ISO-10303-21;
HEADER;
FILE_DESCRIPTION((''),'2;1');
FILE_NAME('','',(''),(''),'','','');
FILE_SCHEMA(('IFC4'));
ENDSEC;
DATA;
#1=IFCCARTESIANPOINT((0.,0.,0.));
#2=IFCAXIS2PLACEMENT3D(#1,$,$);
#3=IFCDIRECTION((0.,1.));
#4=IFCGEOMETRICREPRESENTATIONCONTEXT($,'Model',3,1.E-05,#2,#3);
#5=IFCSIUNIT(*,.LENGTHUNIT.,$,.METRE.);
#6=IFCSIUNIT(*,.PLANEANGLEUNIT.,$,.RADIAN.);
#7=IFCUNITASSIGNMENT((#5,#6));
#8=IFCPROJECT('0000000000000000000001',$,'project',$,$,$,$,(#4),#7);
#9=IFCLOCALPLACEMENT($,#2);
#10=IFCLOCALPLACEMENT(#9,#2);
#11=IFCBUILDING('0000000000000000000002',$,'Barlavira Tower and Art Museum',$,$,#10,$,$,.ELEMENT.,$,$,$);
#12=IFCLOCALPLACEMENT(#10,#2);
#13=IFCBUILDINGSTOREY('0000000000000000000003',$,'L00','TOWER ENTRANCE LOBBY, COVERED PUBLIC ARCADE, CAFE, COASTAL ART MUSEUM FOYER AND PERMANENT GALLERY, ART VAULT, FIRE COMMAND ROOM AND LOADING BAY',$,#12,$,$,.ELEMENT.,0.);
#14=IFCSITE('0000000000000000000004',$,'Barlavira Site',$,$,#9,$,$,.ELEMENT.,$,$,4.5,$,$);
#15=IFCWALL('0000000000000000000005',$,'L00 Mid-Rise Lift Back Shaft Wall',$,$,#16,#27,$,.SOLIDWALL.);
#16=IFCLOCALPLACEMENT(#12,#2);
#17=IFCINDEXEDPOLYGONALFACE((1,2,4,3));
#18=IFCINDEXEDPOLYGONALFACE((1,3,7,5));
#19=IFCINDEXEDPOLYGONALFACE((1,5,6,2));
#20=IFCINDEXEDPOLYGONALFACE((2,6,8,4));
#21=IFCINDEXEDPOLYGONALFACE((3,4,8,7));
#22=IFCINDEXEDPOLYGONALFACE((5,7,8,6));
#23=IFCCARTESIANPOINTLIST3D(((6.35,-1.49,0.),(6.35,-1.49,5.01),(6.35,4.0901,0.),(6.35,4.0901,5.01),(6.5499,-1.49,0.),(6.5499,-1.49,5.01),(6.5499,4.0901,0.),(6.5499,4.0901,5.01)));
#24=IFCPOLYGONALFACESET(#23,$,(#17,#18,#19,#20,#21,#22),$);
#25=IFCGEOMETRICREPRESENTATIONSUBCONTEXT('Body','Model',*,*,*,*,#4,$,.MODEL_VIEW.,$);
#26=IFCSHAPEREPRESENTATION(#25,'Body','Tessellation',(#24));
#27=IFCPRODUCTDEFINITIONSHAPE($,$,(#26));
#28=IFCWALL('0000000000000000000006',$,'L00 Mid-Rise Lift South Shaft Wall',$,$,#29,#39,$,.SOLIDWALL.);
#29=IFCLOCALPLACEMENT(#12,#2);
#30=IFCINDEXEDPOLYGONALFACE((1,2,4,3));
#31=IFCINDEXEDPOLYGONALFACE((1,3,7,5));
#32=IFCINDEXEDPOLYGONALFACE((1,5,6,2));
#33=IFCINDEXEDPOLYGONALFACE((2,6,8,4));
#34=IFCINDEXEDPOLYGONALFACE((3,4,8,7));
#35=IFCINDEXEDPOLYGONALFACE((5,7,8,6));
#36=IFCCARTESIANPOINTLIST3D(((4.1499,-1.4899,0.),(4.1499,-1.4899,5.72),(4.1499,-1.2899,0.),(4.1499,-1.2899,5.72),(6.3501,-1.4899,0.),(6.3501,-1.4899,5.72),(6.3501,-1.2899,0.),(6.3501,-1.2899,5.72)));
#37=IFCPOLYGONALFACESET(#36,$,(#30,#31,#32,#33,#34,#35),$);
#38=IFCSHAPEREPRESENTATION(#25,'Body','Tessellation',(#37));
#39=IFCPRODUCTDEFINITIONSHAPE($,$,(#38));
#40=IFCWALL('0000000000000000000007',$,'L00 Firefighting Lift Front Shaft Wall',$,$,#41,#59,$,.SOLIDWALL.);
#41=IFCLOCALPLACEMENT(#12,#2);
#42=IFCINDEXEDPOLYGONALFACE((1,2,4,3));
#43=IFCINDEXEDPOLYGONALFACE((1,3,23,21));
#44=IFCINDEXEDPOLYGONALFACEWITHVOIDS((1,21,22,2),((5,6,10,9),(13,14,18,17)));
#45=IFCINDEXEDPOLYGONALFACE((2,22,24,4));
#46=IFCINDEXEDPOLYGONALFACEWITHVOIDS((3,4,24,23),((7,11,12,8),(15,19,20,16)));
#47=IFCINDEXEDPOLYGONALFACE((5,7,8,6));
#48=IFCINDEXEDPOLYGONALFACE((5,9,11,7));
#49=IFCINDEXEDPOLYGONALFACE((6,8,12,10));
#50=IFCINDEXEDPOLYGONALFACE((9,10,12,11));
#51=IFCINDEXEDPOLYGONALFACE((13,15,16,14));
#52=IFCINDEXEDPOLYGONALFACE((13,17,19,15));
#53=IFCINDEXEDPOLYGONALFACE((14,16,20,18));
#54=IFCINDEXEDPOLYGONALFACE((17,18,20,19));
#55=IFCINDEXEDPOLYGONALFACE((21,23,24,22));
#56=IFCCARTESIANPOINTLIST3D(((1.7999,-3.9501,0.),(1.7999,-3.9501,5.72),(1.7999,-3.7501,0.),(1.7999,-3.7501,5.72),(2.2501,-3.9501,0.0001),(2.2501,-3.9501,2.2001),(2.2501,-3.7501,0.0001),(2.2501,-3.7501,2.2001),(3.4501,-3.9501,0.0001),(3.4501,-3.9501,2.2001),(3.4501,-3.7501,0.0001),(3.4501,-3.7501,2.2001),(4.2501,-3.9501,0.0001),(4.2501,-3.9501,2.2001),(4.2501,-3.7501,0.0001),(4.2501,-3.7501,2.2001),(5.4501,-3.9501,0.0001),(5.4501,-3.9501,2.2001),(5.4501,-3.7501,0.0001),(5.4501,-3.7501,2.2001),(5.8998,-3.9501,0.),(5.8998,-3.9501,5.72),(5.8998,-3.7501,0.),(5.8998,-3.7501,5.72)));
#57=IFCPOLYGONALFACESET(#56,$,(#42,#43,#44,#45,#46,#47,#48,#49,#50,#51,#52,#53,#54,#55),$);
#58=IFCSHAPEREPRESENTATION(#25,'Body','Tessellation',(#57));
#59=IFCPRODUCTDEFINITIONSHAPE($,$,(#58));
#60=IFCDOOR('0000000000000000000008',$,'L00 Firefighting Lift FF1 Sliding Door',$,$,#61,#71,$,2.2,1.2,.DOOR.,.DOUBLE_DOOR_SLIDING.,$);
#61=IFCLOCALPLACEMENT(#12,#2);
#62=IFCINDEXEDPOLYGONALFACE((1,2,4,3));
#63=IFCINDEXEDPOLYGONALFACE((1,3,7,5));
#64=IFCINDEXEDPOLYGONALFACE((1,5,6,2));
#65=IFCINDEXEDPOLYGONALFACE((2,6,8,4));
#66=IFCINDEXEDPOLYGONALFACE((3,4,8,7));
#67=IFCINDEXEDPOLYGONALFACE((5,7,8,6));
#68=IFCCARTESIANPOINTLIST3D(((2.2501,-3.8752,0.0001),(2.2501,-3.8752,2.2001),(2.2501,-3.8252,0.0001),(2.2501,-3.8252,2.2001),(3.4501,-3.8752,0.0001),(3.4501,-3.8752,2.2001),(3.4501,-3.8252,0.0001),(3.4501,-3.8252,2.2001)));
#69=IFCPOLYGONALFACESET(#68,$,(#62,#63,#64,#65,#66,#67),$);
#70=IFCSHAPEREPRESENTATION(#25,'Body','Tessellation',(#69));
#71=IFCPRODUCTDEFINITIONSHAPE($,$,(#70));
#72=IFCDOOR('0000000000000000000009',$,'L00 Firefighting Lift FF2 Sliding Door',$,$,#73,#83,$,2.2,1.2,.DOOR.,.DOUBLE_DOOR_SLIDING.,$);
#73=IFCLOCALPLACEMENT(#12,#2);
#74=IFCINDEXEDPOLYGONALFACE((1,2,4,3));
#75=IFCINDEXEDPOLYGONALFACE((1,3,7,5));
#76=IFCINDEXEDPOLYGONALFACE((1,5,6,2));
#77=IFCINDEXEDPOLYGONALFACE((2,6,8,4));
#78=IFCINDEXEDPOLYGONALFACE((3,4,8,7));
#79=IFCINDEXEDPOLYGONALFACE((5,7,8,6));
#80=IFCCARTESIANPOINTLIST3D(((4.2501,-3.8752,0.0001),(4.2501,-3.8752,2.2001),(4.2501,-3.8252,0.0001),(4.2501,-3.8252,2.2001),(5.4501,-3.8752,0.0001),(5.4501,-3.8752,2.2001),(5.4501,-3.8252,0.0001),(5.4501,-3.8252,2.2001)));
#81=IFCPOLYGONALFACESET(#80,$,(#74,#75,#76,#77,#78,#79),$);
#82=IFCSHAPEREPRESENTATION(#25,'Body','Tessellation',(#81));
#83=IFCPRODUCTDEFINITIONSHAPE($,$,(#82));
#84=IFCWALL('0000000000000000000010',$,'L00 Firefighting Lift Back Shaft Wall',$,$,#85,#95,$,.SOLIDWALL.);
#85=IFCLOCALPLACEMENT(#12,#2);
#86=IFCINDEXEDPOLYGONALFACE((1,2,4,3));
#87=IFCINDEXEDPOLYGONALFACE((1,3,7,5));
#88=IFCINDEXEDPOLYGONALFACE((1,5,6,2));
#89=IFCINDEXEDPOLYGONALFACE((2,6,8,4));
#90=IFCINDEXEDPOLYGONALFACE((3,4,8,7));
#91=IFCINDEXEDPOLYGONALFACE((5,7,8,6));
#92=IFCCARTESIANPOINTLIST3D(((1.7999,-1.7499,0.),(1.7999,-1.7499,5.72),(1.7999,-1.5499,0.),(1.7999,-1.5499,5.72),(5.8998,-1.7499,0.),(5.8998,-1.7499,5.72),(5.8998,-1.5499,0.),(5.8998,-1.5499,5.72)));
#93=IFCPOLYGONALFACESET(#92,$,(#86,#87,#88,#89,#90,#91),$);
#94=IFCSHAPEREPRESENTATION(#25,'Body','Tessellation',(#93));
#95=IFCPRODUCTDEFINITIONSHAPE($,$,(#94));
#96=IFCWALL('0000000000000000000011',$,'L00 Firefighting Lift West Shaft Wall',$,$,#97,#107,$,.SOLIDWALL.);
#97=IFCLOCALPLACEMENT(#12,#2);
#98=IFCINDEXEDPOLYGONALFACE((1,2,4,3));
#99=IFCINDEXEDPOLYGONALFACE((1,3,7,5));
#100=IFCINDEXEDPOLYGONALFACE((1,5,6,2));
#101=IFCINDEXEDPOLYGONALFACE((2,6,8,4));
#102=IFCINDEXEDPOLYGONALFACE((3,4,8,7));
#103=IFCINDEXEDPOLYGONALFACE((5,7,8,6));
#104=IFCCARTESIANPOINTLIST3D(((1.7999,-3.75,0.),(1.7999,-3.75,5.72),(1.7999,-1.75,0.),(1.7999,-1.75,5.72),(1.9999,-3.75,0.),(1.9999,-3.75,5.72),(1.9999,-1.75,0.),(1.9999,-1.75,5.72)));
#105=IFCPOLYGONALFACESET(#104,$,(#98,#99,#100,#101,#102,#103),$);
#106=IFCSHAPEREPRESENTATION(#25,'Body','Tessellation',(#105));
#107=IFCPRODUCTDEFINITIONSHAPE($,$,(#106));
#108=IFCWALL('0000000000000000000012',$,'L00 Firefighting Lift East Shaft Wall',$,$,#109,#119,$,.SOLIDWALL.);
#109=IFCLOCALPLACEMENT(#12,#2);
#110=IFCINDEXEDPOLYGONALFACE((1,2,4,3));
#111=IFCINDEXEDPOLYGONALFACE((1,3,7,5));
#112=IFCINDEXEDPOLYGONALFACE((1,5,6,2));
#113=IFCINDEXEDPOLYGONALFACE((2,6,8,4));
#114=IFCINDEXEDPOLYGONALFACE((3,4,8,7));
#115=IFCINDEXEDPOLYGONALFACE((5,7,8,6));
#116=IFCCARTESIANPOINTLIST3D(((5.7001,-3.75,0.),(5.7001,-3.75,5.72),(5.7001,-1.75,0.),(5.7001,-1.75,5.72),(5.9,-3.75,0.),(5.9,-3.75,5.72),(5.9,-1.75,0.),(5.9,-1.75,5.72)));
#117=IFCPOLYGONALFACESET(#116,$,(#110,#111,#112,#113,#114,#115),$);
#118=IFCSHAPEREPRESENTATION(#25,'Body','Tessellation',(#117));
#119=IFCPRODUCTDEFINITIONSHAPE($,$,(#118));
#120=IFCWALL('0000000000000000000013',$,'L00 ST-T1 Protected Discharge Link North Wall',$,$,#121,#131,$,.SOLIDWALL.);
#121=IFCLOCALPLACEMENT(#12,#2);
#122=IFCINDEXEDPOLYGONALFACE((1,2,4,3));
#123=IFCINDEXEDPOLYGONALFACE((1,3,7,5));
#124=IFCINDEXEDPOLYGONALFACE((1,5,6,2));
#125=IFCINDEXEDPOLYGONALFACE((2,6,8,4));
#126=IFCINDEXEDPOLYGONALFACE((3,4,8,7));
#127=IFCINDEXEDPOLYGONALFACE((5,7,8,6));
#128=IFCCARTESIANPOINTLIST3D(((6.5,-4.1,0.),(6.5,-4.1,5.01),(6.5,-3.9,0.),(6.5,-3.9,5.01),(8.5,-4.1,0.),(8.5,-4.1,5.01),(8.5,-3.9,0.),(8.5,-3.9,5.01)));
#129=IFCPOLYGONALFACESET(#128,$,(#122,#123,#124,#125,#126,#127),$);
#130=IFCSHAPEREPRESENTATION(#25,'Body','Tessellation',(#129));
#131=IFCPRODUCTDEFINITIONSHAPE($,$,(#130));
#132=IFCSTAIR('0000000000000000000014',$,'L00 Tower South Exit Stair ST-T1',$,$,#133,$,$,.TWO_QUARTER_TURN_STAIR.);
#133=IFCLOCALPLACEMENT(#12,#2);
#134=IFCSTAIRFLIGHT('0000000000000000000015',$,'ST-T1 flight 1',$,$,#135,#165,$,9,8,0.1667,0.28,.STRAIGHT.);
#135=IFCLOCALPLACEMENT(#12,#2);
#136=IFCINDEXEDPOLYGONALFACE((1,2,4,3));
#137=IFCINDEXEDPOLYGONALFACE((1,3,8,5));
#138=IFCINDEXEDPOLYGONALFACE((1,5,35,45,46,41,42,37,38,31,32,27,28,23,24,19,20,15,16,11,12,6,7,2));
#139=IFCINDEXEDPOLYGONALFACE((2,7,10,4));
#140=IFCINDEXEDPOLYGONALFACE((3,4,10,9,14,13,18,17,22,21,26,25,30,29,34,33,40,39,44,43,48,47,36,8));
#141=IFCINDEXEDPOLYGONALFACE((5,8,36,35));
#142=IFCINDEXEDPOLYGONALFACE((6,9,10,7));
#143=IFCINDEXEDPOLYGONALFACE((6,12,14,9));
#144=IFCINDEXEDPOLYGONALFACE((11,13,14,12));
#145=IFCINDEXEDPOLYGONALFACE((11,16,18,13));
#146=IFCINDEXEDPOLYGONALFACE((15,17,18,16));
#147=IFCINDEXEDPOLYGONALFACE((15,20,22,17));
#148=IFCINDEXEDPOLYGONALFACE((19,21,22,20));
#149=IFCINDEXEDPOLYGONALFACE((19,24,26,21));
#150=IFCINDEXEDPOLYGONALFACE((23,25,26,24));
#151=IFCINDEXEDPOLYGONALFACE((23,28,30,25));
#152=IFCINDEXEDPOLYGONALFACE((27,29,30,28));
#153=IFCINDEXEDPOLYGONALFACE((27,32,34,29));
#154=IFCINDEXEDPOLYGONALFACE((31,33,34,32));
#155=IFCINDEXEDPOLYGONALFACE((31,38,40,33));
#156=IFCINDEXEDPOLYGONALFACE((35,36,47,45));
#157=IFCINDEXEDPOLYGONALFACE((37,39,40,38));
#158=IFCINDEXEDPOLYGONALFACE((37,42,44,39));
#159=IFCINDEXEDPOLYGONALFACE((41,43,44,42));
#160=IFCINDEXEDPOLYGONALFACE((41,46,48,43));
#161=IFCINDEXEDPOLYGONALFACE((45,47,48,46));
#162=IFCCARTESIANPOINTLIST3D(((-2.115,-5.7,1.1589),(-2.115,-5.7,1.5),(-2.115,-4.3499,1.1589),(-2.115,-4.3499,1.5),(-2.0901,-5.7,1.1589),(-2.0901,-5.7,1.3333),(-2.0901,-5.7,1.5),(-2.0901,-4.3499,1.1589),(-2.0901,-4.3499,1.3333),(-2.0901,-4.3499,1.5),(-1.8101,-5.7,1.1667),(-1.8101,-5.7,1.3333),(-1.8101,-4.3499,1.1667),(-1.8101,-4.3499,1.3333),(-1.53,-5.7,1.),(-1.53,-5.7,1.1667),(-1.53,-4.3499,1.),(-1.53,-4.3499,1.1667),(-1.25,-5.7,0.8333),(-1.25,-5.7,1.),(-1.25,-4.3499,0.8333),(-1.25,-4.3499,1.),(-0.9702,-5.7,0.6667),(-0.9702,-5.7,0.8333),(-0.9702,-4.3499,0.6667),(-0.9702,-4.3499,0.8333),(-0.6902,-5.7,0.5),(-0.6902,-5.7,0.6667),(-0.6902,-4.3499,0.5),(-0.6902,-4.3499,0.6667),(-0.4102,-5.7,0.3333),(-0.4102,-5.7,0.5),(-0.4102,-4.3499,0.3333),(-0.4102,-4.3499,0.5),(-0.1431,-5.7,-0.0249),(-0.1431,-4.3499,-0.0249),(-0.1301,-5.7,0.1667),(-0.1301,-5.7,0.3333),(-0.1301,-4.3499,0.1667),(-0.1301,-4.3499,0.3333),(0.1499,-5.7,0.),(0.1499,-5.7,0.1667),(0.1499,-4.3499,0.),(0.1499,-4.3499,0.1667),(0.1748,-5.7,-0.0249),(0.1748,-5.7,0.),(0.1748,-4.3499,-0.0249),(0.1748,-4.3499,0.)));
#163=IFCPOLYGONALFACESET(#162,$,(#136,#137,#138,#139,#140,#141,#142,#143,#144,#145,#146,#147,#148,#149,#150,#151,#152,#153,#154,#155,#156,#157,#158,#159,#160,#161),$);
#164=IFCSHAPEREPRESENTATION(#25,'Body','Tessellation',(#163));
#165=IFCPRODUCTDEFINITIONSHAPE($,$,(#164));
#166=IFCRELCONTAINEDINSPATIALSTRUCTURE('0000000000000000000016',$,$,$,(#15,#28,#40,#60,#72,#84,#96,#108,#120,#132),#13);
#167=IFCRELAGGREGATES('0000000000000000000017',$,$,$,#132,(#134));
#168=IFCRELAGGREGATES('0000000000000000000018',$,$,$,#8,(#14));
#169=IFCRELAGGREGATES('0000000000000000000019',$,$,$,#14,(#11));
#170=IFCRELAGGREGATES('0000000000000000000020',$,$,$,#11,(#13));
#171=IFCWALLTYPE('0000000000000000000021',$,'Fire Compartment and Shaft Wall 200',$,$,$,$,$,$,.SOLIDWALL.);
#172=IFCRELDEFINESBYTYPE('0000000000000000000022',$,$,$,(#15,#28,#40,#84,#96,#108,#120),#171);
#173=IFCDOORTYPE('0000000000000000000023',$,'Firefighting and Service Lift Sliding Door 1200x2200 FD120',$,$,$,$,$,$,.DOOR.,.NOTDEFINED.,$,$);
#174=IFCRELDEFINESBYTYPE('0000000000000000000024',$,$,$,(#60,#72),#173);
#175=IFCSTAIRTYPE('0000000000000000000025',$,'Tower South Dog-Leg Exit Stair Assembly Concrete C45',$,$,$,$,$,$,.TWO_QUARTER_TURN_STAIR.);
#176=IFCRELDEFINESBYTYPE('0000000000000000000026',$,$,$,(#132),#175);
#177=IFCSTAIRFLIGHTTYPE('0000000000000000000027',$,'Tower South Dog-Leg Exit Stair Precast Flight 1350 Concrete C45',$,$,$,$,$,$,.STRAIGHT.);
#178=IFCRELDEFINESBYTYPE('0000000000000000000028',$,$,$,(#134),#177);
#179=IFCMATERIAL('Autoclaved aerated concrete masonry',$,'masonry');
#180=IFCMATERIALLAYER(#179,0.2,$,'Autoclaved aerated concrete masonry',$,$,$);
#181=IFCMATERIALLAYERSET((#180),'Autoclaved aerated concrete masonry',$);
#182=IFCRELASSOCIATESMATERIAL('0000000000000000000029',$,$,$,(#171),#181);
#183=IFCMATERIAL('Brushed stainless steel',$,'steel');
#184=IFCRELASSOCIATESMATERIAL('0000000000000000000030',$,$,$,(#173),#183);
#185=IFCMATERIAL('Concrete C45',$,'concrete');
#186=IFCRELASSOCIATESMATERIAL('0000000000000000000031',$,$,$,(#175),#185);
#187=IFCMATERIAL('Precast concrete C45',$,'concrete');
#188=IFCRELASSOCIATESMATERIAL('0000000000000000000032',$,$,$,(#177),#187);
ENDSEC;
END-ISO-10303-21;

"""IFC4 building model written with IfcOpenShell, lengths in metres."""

from ifc_helpers import new_model, si_unit, direction, frame, frame_2d, origin, place, context, subcontext, project, spatial, polyline, rectangle, outline, extrude, material, layer, layer_set, type_object, element, fill, aggregate, save


model = new_model("IFC4")

# Units and contexts
model_context = context("Model", 3, precision=1e-05, world=origin(), true_north=direction((0.0, 1.0)))
body_context = subcontext(model_context, "Body", "Model", "MODEL_VIEW")
ifc_project = project(units=[si_unit("LENGTHUNIT", "METRE"), si_unit("PLANEANGLEUNIT", "RADIAN")], contexts=[model_context])

# Site, building, storey
site_placement = place(None, origin())
site = spatial("IfcSite", under=ifc_project, at=site_placement, Name="Barlavira Site", CompositionType="ELEMENT", RefElevation=4.5)
building_placement = place(site_placement, origin())
building = spatial("IfcBuilding", under=site, at=building_placement, Name="Barlavira Tower and Art Museum", CompositionType="ELEMENT")
storey_placement = place(building_placement, origin())
storey = spatial("IfcBuildingStorey", under=building, at=storey_placement, Name="L00", Description="TOWER ENTRANCE LOBBY, COVERED PUBLIC ARCADE, CAFE, COASTAL ART MUSEUM FOYER AND PERMANENT GALLERY, ART VAULT, FIRE COMMAND ROOM AND LOADING BAY", CompositionType="ELEMENT", Elevation=0.0)

# Shared definitions
ifc_material_1 = material(Name="Brushed stainless steel", Category="steel")

# Shared definitions
ifc_material_2 = material(Name="Autoclaved aerated concrete masonry", Category="masonry")
ifc_layer_1 = layer(ifc_material_2, 0.2, Name="Autoclaved aerated concrete masonry")
ifc_layer_set_1 = layer_set([ifc_layer_1], Name="Autoclaved aerated concrete masonry")
wall_type_1 = type_object("IfcWallType", Name="Fire Compartment and Shaft Wall 200", PredefinedType="SOLIDWALL", material=ifc_layer_set_1)

# Walls
wall_1_placement = place(storey_placement, frame((6.45, -1.49, 0.0), z_axis=(0.0, 0.0, 1.0), x_axis=(0.0, 1.0, 0.0)))
element("IfcWall", 1, at=wall_1_placement, inside=storey, type_object=wall_type_1, Name="L00 Mid-Rise Lift Back Shaft Wall", PredefinedType="SOLIDWALL", context=body_context, shape_type="SweptSolid", body=[
    extrude(rectangle(XDim=5.5801, YDim=0.2, at=frame_2d((2.79, 0.0))), origin(), (0.0, 0.0, 1.0), 5.01),
])
wall_2_placement = place(storey_placement, frame((4.1499, -1.3899, 0.0), z_axis=(0.0, 0.0, 1.0), x_axis=(1.0, 0.0, 0.0)))
element("IfcWall", 2, at=wall_2_placement, inside=storey, type_object=wall_type_1, Name="L00 Mid-Rise Lift South Shaft Wall", PredefinedType="SOLIDWALL", context=body_context, shape_type="SweptSolid", body=[
    extrude(rectangle(XDim=2.2002, YDim=0.2, at=frame_2d((1.1001, 0.0))), origin(), (0.0, 0.0, 1.0), 5.72),
])

# Wall, openings, doors
wall_3_placement = place(storey_placement, frame((1.8, -3.8501, 0.0), z_axis=(0.0, 0.0, 1.0), x_axis=(1.0, 0.0, 0.0)))
wall_3 = element("IfcWall", 3, at=wall_3_placement, inside=storey, type_object=wall_type_1, Name="L00 Firefighting Lift Front Shaft Wall", PredefinedType="SOLIDWALL", context=body_context, shape_type="SweptSolid", body=[
    extrude(rectangle(XDim=4.0999, YDim=0.2, at=frame_2d((2.0498, 0.0))), origin(), (0.0, 0.0, 1.0), 5.72),
])
opening_1_placement = place(wall_3_placement, frame((0.45, 0.0, 0.0)))
opening_1 = element("IfcOpeningElement", 4, at=opening_1_placement, cuts=wall_3, PredefinedType="OPENING", context=body_context, shape_type="SweptSolid", body=[
    extrude(rectangle(XDim=1.2, YDim=2.2, at=frame_2d((0.6001, 1.1001))), frame((0.0, 0.1099, 0.0), z_axis=(0.0, -1.0, 0.0), x_axis=(1.0, 0.0, 0.0)), (0.0, 0.0, 1.0), 0.22),
])
opening_2_placement = place(wall_3_placement, frame((2.45, 0.0, 0.0)))
opening_2 = element("IfcOpeningElement", 5, at=opening_2_placement, cuts=wall_3, PredefinedType="OPENING", context=body_context, shape_type="SweptSolid", body=[
    extrude(rectangle(XDim=1.2, YDim=2.2, at=frame_2d((0.6001, 1.1001))), frame((0.0, 0.1099, 0.0), z_axis=(0.0, -1.0, 0.0), x_axis=(1.0, 0.0, 0.0)), (0.0, 0.0, 1.0), 0.22),
])
door_type_1 = type_object("IfcDoorType", Name="Firefighting and Service Lift Sliding Door 1200x2200 FD120", OperationType="NOTDEFINED", PredefinedType="DOOR", material=ifc_material_1)
door_1_placement = place(opening_1_placement, origin())
door_1 = element("IfcDoor", 6, at=door_1_placement, inside=storey, type_object=door_type_1, Name="L00 Firefighting Lift FF1 Sliding Door", OperationType="DOUBLE_DOOR_SLIDING", OverallHeight=2.2, OverallWidth=1.2, PredefinedType="DOOR", context=body_context, shape_type="SweptSolid", body=[
    extrude(rectangle(XDim=1.2, YDim=2.2, at=frame_2d((0.6001, 1.1001))), frame((0.0, 0.0249, 0.0), z_axis=(0.0, -1.0, 0.0), x_axis=(1.0, 0.0, 0.0)), (0.0, 0.0, 1.0), 0.05),
])
fill(opening_1, door_1)
door_2_placement = place(opening_2_placement, origin())
door_2 = element("IfcDoor", 7, at=door_2_placement, inside=storey, type_object=door_type_1, Name="L00 Firefighting Lift FF2 Sliding Door", OperationType="DOUBLE_DOOR_SLIDING", OverallHeight=2.2, OverallWidth=1.2, PredefinedType="DOOR", context=body_context, shape_type="SweptSolid", body=[
    extrude(rectangle(XDim=1.2, YDim=2.2, at=frame_2d((0.6001, 1.1001))), frame((0.0, 0.0249, 0.0), z_axis=(0.0, -1.0, 0.0), x_axis=(1.0, 0.0, 0.0)), (0.0, 0.0, 1.0), 0.05),
])
fill(opening_2, door_2)

# Walls
wall_4_placement = place(storey_placement, frame((1.8, -1.6499, 0.0), z_axis=(0.0, 0.0, 1.0), x_axis=(1.0, 0.0, 0.0)))
element("IfcWall", 8, at=wall_4_placement, inside=storey, type_object=wall_type_1, Name="L00 Firefighting Lift Back Shaft Wall", PredefinedType="SOLIDWALL", context=body_context, shape_type="SweptSolid", body=[
    extrude(rectangle(XDim=4.0999, YDim=0.2, at=frame_2d((2.0498, 0.0))), origin(), (0.0, 0.0, 1.0), 5.72),
])
for number, where, z_axis, x_axis, name in (
    (9, (1.8999, -3.75, 0.0), (0.0, 0.0, 1.0), (0.0, 1.0, 0.0), "L00 Firefighting Lift West Shaft Wall"),
    (10, (5.8, -3.75, 0.0), (0.0, 0.0, 1.0), (0.0, 1.0, 0.0), "L00 Firefighting Lift East Shaft Wall"),
):
    element("IfcWall", number, at=place(storey_placement, frame(where, z_axis=z_axis, x_axis=x_axis)), inside=storey, type_object=wall_type_1, Name=name, PredefinedType="SOLIDWALL", context=body_context, shape_type="SweptSolid", body=[
        extrude(rectangle(XDim=2.0, YDim=0.2, at=frame_2d((1.0, 0.0))), origin(), (0.0, 0.0, 1.0), 5.72),
    ])
wall_5_placement = place(storey_placement, frame((6.5, -4.0, 0.0), z_axis=(0.0, 0.0, 1.0), x_axis=(1.0, 0.0, 0.0)))
element("IfcWall", 11, at=wall_5_placement, inside=storey, type_object=wall_type_1, Name="L00 ST-T1 Protected Discharge Link North Wall", PredefinedType="SOLIDWALL", context=body_context, shape_type="SweptSolid", body=[
    extrude(rectangle(XDim=2.0, YDim=0.2, at=frame_2d((1.0, 0.0))), origin(), (0.0, 0.0, 1.0), 5.01),
])

# Stair, stair flight
ifc_material_3 = material(Name="Concrete C45", Category="concrete")
stair_type = type_object("IfcStairType", Name="Tower South Dog-Leg Exit Stair Assembly Concrete C45", PredefinedType="TWO_QUARTER_TURN_STAIR", material=ifc_material_3)
stair_placement = place(storey_placement, origin())
stair = element("IfcStair", 12, at=stair_placement, inside=storey, type_object=stair_type, Name="L00 Tower South Exit Stair ST-T1", PredefinedType="TWO_QUARTER_TURN_STAIR")
ifc_material_4 = material(Name="Precast concrete C45", Category="concrete")
stair_flight_type = type_object("IfcStairFlightType", Name="Tower South Dog-Leg Exit Stair Precast Flight 1350 Concrete C45", PredefinedType="STRAIGHT", material=ifc_material_4)
stair_flight_1_placement = place(storey_placement, frame((0.1499, -5.0249, 0.0), z_axis=(0.0, 0.0, 1.0), x_axis=(-1.0, 0.0, 0.0)))
stair_flight_1 = element("IfcStairFlight", 13, at=stair_flight_1_placement, type_object=stair_flight_type, Name="ST-T1 flight 1", NumberOfRisers=9, NumberOfTreads=8, PredefinedType="STRAIGHT", RiserHeight=0.1667, TreadLength=0.28, context=body_context, shape_type="SweptSolid", body=[
    extrude(outline(polyline([(-0.0249, 0.0), (0.0, 0.0), (0.0, 0.1667), (0.28, 0.1667), (0.28, 0.3333), (0.5601, 0.3333), (0.5601, 0.5), (0.8401, 0.5), (0.8401, 0.6667), (1.1201, 0.6667), (1.1201, 0.8333), (1.3999, 0.8333), (1.3999, 1.0), (1.6799, 1.0), (1.6799, 1.1667), (1.96, 1.1667), (1.96, 1.3333), (2.24, 1.3333), (2.24, 1.5), (2.2649, 1.5), (2.2649, 1.1589), (2.24, 1.1589), (0.293, -0.0249), (-0.0249, -0.0249), (-0.0249, 0.0)])), frame((0.0, 0.675, 0.0), z_axis=(0.0, -1.0, 0.0), x_axis=(1.0, 0.0, 0.0)), (0.0, 0.0, 1.0), 1.3501),
])
aggregate(stair, [stair_flight_1])

save(model, "model.ifc")
